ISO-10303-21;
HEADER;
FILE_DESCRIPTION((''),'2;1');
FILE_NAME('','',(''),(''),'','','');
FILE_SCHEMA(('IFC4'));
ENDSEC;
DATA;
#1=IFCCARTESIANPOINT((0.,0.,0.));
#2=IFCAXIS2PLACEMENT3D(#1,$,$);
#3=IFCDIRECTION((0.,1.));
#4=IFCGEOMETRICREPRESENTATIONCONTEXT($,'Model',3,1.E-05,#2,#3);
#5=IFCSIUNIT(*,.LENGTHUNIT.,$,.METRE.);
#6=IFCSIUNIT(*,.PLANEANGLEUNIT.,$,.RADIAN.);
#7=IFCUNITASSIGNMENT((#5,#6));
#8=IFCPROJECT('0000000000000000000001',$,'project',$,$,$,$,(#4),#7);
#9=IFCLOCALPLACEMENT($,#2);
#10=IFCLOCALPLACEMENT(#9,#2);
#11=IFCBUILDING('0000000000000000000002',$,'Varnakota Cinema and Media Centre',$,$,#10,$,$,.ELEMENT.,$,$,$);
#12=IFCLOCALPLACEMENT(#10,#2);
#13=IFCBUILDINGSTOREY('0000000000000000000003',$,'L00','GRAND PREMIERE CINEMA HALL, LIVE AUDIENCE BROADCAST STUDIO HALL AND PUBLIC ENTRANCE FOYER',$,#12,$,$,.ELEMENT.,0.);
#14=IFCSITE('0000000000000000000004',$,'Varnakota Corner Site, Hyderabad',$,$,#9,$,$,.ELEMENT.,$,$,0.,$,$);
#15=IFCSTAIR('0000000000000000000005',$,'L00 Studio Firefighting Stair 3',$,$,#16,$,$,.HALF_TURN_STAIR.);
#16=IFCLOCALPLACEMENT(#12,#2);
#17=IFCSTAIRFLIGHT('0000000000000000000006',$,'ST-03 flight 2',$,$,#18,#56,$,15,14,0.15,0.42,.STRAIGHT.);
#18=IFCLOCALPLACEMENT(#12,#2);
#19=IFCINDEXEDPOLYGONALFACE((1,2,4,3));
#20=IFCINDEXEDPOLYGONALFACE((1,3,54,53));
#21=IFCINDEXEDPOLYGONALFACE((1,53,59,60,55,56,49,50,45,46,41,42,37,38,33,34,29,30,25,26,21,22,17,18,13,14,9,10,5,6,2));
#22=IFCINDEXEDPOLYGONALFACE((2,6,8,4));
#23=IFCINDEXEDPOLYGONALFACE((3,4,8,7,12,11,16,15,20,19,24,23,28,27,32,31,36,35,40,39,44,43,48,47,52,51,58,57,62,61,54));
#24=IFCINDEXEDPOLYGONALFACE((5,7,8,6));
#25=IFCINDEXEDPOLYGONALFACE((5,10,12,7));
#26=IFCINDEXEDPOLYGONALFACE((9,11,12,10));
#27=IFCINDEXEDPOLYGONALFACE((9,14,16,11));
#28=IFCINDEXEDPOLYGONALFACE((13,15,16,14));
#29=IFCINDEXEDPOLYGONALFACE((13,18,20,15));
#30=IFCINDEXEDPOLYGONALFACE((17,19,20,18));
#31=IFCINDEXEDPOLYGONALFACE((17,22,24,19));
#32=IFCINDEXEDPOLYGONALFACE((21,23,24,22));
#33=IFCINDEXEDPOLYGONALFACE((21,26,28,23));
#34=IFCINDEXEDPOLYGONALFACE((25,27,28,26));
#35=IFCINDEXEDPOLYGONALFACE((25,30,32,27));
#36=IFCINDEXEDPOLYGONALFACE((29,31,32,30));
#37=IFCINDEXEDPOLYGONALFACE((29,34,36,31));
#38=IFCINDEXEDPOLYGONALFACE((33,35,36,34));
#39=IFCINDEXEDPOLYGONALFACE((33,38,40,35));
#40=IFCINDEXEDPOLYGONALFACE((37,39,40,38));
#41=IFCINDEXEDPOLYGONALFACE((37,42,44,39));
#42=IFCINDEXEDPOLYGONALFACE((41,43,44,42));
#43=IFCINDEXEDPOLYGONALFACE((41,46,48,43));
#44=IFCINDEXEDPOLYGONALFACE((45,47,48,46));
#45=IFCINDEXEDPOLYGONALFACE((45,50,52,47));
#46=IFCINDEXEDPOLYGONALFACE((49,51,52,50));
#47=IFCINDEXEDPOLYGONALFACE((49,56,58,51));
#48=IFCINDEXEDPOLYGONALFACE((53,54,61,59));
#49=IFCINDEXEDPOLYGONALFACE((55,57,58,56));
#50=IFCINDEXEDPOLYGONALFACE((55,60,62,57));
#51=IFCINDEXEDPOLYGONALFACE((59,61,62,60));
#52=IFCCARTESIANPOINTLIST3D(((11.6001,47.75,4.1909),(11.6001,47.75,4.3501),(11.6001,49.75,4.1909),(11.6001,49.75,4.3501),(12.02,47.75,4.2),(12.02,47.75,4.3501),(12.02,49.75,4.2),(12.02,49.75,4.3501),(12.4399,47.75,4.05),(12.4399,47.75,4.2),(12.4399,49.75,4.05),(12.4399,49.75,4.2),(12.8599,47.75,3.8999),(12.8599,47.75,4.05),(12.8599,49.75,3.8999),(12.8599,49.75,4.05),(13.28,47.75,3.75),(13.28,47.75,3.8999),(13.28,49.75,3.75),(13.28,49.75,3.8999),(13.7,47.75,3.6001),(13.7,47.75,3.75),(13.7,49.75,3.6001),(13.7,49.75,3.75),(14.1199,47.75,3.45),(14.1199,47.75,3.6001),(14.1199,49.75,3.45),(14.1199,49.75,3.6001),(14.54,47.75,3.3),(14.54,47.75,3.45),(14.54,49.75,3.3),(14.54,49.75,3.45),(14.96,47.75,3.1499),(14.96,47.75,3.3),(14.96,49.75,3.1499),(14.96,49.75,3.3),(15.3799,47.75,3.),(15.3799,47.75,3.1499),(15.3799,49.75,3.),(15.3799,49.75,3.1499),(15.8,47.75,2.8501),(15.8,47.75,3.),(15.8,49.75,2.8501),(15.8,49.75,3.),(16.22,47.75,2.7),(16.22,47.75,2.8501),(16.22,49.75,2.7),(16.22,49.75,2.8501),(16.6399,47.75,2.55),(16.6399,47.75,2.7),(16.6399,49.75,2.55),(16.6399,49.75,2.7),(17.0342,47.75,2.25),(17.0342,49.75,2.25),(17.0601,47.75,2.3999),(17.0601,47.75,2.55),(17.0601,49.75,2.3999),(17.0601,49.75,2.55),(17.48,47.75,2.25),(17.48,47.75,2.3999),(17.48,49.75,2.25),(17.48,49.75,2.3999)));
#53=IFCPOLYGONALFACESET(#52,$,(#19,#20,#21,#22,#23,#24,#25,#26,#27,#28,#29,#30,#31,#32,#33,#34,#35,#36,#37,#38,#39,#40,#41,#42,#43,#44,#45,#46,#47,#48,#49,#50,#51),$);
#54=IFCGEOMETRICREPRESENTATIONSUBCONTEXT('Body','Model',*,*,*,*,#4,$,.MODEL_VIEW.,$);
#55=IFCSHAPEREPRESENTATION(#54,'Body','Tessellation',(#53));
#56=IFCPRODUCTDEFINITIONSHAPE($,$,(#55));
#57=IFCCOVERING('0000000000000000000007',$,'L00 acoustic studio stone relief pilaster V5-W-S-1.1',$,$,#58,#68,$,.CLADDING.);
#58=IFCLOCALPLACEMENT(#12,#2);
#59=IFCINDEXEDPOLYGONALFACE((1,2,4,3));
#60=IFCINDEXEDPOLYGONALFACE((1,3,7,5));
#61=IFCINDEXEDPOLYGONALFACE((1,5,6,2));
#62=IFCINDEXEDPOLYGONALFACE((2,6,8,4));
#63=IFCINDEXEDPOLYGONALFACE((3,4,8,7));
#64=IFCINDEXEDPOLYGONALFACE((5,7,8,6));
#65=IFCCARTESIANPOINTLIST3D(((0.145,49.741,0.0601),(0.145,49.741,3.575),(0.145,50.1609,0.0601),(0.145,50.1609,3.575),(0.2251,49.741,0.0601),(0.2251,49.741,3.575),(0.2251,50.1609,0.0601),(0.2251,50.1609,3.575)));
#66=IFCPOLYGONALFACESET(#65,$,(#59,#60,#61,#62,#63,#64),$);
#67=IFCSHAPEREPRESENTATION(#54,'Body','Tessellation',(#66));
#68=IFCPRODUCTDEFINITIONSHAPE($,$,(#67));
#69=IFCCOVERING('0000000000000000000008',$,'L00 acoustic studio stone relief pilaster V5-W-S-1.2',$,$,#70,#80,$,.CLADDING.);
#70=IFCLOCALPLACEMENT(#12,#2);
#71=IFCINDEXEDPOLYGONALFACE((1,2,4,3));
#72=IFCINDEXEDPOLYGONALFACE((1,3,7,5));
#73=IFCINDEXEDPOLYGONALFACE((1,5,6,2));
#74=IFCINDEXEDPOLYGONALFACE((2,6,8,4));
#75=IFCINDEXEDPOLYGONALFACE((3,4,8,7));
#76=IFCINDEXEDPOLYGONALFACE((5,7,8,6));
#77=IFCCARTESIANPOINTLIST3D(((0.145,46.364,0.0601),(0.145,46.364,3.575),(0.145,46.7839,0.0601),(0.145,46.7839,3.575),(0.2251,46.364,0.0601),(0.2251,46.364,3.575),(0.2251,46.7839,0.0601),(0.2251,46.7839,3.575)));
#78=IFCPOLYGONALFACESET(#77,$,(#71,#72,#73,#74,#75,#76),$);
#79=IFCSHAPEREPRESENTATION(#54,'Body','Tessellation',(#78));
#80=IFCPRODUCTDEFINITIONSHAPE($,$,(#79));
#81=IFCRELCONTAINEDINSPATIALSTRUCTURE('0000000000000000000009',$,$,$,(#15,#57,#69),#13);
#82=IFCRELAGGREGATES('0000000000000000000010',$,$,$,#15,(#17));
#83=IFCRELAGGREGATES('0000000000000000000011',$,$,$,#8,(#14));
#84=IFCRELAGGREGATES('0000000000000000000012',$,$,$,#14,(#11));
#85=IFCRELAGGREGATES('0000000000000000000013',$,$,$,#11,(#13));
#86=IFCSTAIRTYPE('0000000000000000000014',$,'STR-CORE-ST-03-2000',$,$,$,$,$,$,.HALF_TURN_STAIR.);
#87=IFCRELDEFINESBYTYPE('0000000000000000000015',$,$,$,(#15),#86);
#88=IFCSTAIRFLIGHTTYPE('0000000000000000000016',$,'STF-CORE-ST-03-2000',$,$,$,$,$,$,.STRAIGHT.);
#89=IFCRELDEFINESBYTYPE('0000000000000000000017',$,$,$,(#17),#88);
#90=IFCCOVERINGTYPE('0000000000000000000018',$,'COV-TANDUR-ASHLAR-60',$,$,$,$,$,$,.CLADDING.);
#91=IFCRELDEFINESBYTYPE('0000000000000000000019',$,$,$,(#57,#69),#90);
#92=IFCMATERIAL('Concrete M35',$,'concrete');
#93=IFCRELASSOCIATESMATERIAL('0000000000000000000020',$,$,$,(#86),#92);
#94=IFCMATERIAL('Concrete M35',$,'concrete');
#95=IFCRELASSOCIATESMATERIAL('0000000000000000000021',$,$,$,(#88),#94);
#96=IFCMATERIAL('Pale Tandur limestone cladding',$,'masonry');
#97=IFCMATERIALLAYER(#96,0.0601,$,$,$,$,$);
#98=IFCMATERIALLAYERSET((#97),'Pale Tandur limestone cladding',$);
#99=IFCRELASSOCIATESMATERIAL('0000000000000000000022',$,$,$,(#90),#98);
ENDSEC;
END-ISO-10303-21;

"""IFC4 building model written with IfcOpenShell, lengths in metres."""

from ifc_helpers import new_model, si_unit, direction, frame, origin, origin_2d, place, context, subcontext, project, spatial, polyline, rectangle, outline, extrude, material, layer, layer_set, type_object, element, aggregate, save


model = new_model("IFC4")

# Units and contexts
model_context = context("Model", 3, precision=1e-05, world=origin(), true_north=direction((0.0, 1.0)))
body_context = subcontext(model_context, "Body", "Model", "MODEL_VIEW")
ifc_project = project(units=[si_unit("LENGTHUNIT", "METRE"), si_unit("PLANEANGLEUNIT", "RADIAN")], contexts=[model_context])

# Site, building, storey
site_placement = place(None, origin())
site = spatial("IfcSite", under=ifc_project, at=site_placement, Name="Varnakota Corner Site, Hyderabad", CompositionType="ELEMENT", RefElevation=0.0)
building_placement = place(site_placement, origin())
building = spatial("IfcBuilding", under=site, at=building_placement, Name="Varnakota Cinema and Media Centre", CompositionType="ELEMENT")
storey_placement = place(building_placement, origin())
storey = spatial("IfcBuildingStorey", under=building, at=storey_placement, Name="L00", Description="GRAND PREMIERE CINEMA HALL, LIVE AUDIENCE BROADCAST STUDIO HALL AND PUBLIC ENTRANCE FOYER", CompositionType="ELEMENT", Elevation=0.0)

# Stair, stair flight
ifc_material_1 = material(Name="Concrete M35", Category="concrete")
stair_type = type_object("IfcStairType", Name="STR-CORE-ST-03-2000", PredefinedType="HALF_TURN_STAIR", material=ifc_material_1)
stair_placement = place(storey_placement, origin())
stair = element("IfcStair", 1, at=stair_placement, inside=storey, type_object=stair_type, Name="L00 Studio Firefighting Stair 3", PredefinedType="HALF_TURN_STAIR")
ifc_material_2 = material(Name="Concrete M35", Category="concrete")
stair_flight_type = type_object("IfcStairFlightType", Name="STF-CORE-ST-03-2000", PredefinedType="STRAIGHT", material=ifc_material_2)
stair_flight_1_placement = place(storey_placement, frame((17.48, 48.75, 2.25), z_axis=(0.0, 0.0, 1.0), x_axis=(-1.0, 0.0, 0.0)))
stair_flight_1 = element("IfcStairFlight", 2, at=stair_flight_1_placement, type_object=stair_flight_type, Name="ST-03 flight 2", NumberOfRisers=15, NumberOfTreads=14, PredefinedType="STRAIGHT", RiserHeight=0.15, TreadLength=0.42, context=body_context, shape_type="SweptSolid", body=[
    extrude(outline(polyline([(0.0, 0.0), (0.0, 0.1499), (0.4199, 0.1499), (0.4199, 0.3), (0.8401, 0.3), (0.8401, 0.45), (1.26, 0.45), (1.26, 0.6001), (1.6799, 0.6001), (1.6799, 0.75), (2.1001, 0.75), (2.1001, 0.8999), (2.52, 0.8999), (2.52, 1.05), (2.9399, 1.05), (2.9399, 1.2), (3.3601, 1.2), (3.3601, 1.3501), (3.78, 1.3501), (3.78, 1.5), (4.2, 1.5), (4.2, 1.6499), (4.6201, 1.6499), (4.6201, 1.8), (5.04, 1.8), (5.04, 1.95), (5.46, 1.95), (5.46, 2.1001), (5.8799, 2.1001), (5.8799, 2.25), (5.8799, 1.9409), (0.4458, 0.0), (0.0, 0.0)])), frame((0.0, 1.0, 0.0), z_axis=(0.0, -1.0, 0.0), x_axis=(1.0, 0.0, 0.0)), (0.0, 0.0, 1.0), 2.0),
])
aggregate(stair, [stair_flight_1])

# Coverings
ifc_material_3 = material(Name="Pale Tandur limestone cladding", Category="masonry")
ifc_layer_1 = layer(ifc_material_3, 0.0601)
ifc_layer_set_1 = layer_set([ifc_layer_1], Name="Pale Tandur limestone cladding")
covering_type = type_object("IfcCoveringType", Name="COV-TANDUR-ASHLAR-60", PredefinedType="CLADDING", material=ifc_layer_set_1)
for number, where, z_axis, x_axis, name in (
    (3, (0.1851, 49.9509, 0.0601), (0.0, 0.0, 1.0), (0.0, -1.0, 0.0), "L00 acoustic studio stone relief pilaster V5-W-S-1.1"),
    (4, (0.1851, 46.574, 0.0601), (0.0, 0.0, 1.0), (0.0, -1.0, 0.0), "L00 acoustic studio stone relief pilaster V5-W-S-1.2"),
):
    element("IfcCovering", number, at=place(storey_placement, frame(where, z_axis=z_axis, x_axis=x_axis)), inside=storey, type_object=covering_type, Name=name, PredefinedType="CLADDING", context=body_context, shape_type="SweptSolid", body=[
        extrude(rectangle(XDim=0.4199, YDim=0.0801, at=origin_2d()), origin(), (0.0, 0.0, 1.0), 3.5149),
    ])

save(model, "model.ifc")
